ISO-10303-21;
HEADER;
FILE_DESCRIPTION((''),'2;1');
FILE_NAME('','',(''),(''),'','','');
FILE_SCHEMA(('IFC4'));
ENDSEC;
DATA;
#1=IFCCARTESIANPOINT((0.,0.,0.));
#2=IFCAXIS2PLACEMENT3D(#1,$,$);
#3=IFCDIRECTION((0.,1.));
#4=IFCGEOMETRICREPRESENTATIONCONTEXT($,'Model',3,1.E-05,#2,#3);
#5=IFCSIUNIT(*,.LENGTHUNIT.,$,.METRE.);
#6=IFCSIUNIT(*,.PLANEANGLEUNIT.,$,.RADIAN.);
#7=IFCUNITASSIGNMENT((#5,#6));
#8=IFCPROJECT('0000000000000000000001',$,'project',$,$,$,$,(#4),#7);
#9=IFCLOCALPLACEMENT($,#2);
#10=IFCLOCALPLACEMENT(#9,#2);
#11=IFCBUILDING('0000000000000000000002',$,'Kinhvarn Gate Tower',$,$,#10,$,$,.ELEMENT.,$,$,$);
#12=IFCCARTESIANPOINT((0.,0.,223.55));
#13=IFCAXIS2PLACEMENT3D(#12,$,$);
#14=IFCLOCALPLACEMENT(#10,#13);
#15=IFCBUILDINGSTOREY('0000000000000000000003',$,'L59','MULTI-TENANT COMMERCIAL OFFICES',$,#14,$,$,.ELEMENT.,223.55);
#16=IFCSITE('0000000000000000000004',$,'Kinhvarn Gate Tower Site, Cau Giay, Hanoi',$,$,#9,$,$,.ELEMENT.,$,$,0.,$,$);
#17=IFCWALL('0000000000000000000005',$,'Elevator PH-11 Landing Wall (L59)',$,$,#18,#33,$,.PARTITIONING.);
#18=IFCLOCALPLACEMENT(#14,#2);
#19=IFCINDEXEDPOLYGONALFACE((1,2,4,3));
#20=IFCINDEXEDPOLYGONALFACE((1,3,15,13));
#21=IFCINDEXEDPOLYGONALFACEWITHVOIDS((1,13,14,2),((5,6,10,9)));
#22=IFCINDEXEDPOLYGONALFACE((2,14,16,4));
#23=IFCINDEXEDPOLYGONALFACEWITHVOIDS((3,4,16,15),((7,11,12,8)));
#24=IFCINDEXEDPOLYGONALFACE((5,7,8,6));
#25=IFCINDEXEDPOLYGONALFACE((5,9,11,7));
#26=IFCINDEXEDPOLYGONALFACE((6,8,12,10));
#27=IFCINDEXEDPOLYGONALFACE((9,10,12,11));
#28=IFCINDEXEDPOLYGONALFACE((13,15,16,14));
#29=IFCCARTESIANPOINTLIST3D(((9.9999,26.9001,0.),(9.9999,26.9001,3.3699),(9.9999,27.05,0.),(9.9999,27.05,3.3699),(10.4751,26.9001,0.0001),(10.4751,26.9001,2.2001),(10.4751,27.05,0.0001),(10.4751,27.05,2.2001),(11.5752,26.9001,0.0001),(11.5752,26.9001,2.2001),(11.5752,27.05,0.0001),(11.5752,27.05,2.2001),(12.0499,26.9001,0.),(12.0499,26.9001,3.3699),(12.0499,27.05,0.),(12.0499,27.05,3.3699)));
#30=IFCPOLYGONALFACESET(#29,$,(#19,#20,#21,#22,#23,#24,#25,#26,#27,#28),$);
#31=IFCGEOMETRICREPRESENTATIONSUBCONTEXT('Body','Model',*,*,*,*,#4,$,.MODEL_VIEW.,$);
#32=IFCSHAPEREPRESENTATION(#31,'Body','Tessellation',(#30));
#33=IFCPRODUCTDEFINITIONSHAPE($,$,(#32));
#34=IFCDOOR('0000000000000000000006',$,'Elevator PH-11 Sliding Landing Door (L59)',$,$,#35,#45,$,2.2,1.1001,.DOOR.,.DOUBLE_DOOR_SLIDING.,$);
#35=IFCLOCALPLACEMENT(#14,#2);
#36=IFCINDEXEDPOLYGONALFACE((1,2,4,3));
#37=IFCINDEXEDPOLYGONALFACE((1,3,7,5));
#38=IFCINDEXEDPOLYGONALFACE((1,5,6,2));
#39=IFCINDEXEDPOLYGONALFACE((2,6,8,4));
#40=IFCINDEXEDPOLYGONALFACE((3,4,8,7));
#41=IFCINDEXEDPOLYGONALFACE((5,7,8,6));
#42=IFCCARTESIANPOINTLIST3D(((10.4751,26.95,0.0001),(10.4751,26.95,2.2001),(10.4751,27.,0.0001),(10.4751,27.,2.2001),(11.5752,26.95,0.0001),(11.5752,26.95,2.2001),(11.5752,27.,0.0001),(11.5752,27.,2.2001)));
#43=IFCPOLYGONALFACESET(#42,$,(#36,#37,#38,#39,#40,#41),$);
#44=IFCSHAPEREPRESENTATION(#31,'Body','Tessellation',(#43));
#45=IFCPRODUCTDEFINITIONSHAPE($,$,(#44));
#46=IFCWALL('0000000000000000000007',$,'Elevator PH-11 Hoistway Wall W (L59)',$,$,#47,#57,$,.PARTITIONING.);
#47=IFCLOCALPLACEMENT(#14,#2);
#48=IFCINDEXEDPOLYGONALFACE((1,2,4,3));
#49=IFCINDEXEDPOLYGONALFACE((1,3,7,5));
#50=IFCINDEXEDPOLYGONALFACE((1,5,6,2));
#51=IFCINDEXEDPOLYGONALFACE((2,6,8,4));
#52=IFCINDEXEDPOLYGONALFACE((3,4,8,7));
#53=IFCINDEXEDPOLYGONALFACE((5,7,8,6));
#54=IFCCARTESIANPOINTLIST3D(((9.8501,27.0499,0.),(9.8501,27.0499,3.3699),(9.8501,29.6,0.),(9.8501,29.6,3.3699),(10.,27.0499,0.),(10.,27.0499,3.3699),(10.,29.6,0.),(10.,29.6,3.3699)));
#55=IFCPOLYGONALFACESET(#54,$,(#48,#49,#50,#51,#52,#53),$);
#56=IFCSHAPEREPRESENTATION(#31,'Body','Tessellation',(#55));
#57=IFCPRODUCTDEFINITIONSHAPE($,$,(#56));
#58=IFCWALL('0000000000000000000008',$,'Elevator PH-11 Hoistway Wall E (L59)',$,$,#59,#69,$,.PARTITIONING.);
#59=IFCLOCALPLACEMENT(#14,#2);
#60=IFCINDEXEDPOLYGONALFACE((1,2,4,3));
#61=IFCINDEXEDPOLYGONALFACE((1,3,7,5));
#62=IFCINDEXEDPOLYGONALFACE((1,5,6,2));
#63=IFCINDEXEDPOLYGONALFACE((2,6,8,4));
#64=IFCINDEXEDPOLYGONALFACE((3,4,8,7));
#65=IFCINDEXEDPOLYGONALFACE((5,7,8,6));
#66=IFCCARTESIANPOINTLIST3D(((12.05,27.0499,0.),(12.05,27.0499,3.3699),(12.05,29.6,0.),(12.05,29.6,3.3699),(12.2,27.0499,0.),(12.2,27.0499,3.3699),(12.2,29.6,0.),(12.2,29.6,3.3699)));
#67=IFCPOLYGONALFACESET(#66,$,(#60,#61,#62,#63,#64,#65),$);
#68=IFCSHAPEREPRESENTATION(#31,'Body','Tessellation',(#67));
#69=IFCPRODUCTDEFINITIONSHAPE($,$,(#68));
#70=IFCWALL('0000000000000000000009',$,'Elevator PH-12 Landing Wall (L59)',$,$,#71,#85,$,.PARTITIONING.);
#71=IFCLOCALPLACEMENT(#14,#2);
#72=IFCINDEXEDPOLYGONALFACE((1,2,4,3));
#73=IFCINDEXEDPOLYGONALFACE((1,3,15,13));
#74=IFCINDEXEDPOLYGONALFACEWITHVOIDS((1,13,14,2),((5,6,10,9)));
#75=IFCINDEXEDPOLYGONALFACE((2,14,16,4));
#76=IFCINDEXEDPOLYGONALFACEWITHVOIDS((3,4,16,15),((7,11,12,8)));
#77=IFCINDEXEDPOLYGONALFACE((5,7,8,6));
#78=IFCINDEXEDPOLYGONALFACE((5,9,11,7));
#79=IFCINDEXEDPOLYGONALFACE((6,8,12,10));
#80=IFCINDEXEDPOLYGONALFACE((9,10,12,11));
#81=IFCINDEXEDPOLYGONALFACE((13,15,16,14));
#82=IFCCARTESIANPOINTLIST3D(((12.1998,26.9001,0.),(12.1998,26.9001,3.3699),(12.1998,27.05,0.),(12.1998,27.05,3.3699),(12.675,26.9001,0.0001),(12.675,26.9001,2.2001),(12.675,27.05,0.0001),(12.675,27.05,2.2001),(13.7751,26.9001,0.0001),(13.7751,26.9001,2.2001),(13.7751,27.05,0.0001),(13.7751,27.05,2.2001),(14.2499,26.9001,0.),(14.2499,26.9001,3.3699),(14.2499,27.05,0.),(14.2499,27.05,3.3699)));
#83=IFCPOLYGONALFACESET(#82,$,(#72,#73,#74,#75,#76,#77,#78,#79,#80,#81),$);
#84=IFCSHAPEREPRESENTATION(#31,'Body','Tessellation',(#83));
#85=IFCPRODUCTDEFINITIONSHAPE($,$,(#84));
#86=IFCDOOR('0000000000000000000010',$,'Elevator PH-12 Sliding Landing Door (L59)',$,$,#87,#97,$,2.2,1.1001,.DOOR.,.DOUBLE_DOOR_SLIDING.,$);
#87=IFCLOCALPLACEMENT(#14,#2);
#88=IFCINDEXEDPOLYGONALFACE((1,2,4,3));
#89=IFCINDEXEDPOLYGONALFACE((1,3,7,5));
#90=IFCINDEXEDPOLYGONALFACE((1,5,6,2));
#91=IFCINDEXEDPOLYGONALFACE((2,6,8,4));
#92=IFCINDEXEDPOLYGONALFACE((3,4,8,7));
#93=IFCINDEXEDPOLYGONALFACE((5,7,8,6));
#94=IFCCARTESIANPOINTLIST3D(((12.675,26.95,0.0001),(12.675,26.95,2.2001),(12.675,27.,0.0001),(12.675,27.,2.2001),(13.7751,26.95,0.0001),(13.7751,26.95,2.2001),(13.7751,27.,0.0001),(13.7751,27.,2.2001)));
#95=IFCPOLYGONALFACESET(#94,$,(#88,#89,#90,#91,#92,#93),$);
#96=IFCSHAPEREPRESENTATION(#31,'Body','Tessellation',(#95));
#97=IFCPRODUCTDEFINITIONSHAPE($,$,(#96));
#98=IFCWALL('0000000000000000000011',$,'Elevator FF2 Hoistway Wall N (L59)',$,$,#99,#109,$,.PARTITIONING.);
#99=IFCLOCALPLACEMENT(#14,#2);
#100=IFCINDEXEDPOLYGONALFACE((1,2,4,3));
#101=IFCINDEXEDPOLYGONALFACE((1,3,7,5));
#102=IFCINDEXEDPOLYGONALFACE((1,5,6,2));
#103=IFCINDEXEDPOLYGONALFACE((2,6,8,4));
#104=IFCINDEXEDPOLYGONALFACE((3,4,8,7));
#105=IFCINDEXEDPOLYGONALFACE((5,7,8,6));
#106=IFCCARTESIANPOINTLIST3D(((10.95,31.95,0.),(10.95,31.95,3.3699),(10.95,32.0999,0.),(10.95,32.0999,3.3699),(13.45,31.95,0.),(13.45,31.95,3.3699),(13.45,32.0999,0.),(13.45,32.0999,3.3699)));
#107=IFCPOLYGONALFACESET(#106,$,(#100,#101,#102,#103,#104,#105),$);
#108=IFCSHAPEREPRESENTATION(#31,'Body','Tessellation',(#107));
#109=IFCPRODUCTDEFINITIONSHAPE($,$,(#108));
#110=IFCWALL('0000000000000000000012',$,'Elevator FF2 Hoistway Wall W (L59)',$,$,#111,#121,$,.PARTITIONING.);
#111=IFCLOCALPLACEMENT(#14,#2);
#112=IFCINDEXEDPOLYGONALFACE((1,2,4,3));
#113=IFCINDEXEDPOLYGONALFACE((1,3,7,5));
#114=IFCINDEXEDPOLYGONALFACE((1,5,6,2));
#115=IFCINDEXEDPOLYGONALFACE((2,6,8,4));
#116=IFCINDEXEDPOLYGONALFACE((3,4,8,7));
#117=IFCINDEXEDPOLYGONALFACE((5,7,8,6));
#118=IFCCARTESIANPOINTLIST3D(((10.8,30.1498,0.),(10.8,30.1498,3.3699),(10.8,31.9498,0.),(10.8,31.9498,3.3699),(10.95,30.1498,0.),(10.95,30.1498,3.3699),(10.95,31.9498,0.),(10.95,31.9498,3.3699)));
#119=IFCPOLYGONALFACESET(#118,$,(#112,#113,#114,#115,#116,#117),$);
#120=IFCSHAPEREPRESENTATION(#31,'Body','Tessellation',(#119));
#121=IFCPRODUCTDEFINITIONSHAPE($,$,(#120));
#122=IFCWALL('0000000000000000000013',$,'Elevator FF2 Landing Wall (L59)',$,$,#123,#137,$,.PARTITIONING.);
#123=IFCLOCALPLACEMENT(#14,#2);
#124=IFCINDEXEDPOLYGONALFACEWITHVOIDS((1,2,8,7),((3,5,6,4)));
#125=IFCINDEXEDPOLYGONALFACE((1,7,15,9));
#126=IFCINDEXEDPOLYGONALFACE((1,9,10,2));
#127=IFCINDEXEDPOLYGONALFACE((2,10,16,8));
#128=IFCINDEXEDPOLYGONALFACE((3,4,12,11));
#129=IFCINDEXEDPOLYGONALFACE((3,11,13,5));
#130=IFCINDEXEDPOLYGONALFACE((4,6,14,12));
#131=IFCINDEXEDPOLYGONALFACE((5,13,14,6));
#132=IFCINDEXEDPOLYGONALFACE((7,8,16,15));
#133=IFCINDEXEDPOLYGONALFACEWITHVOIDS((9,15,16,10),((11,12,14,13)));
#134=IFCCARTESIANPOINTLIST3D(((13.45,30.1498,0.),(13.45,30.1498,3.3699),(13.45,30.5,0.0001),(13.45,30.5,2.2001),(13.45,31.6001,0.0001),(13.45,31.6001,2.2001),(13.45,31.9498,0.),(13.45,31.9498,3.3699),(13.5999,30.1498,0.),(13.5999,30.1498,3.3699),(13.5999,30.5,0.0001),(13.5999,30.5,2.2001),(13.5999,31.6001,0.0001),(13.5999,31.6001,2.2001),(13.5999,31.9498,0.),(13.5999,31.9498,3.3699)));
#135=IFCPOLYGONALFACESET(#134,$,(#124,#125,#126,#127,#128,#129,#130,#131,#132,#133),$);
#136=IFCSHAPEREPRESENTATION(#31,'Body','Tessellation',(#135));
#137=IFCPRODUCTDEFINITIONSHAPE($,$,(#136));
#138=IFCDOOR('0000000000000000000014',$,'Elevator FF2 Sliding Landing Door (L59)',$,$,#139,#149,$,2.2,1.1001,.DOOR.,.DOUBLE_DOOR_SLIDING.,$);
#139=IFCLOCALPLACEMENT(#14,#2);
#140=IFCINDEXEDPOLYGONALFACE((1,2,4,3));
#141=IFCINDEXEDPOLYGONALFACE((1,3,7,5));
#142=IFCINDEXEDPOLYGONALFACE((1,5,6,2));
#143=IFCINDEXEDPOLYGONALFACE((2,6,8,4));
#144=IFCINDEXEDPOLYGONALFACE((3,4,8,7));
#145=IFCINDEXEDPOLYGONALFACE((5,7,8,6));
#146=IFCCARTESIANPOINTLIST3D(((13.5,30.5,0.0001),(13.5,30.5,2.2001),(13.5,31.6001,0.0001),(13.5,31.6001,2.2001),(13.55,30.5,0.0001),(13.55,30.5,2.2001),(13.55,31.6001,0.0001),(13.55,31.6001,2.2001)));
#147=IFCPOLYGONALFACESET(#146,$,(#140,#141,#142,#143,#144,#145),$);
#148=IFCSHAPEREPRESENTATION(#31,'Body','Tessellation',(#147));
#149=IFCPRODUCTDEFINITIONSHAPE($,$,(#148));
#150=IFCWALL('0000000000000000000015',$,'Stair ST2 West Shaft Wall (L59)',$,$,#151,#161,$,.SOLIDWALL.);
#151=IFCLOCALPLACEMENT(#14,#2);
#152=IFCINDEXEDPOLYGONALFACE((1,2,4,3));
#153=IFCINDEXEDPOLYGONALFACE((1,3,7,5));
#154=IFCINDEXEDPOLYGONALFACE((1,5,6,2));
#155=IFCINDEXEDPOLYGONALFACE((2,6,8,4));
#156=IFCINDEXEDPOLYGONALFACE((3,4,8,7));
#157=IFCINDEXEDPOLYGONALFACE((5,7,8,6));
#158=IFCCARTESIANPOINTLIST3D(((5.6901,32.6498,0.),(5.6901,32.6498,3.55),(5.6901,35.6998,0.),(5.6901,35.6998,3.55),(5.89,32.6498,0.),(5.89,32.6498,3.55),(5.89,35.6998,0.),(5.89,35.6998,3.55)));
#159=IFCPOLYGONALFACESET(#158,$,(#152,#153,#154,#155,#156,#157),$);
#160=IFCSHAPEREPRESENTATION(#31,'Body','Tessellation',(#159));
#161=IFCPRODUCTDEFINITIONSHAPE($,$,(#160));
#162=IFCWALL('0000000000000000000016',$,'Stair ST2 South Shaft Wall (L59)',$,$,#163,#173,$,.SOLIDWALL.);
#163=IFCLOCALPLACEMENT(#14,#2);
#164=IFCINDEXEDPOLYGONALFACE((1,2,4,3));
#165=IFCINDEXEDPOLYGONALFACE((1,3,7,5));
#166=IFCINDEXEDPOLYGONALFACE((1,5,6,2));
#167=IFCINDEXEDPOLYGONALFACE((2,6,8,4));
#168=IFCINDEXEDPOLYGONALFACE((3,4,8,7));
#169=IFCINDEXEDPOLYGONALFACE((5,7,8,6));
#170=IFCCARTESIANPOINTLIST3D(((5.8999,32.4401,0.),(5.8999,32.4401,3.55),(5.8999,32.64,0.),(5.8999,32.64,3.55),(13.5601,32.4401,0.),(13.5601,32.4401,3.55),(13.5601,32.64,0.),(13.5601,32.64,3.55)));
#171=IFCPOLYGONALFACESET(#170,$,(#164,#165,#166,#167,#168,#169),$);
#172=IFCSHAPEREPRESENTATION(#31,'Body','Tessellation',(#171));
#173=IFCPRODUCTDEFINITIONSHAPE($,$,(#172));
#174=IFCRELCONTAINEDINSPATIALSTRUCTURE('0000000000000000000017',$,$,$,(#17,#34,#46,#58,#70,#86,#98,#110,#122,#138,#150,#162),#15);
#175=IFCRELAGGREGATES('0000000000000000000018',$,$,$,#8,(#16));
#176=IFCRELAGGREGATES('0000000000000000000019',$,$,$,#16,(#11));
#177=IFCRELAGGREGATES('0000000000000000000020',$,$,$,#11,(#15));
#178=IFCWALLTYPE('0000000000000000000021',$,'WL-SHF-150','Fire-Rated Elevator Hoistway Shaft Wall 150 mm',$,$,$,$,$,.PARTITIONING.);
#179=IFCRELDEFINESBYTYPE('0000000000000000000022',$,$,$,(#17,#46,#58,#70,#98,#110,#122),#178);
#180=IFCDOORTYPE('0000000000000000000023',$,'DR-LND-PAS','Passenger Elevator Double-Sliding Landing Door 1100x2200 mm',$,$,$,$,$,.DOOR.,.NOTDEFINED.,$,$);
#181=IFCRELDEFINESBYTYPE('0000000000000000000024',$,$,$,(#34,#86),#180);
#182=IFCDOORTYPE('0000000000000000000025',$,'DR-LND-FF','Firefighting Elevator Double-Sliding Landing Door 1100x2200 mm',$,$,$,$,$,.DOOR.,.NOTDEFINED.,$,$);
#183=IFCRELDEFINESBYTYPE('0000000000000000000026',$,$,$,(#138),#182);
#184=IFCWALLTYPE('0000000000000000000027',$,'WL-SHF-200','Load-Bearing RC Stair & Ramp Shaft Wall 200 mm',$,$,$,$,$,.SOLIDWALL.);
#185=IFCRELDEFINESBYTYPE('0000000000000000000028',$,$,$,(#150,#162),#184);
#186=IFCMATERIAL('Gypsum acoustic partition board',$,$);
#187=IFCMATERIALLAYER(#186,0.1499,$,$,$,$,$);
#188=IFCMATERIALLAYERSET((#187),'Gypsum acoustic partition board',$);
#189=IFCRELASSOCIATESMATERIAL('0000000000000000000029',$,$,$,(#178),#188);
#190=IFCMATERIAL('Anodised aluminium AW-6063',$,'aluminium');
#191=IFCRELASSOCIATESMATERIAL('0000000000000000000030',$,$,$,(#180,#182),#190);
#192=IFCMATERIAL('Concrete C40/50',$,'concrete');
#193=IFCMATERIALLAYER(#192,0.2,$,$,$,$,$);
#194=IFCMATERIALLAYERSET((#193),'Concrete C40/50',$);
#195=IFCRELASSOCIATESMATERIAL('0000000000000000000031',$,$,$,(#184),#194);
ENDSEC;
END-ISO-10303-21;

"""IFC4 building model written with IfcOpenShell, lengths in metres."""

from ifc_helpers import new_model, si_unit, direction, frame, frame_2d, origin, place, context, subcontext, project, spatial, rectangle, extrude, material, layer, layer_set, type_object, element, fill, save


model = new_model("IFC4")

# Units and contexts
model_context = context("Model", 3, precision=1e-05, world=origin(), true_north=direction((0.0, 1.0)))
body_context = subcontext(model_context, "Body", "Model", "MODEL_VIEW")
ifc_project = project(units=[si_unit("LENGTHUNIT", "METRE"), si_unit("PLANEANGLEUNIT", "RADIAN")], contexts=[model_context])

# Site, building, storey
site_placement = place(None, origin())
site = spatial("IfcSite", under=ifc_project, at=site_placement, Name="Kinhvarn Gate Tower Site, Cau Giay, Hanoi", CompositionType="ELEMENT", RefElevation=0.0)
building_placement = place(site_placement, origin())
building = spatial("IfcBuilding", under=site, at=building_placement, Name="Kinhvarn Gate Tower", CompositionType="ELEMENT")
storey_placement = place(building_placement, frame((0.0, 0.0, 223.55)))
storey = spatial("IfcBuildingStorey", under=building, at=storey_placement, Name="L59", Description="MULTI-TENANT COMMERCIAL OFFICES", CompositionType="ELEMENT", Elevation=223.55)

# Shared definitions
ifc_material_1 = material(Name="Gypsum acoustic partition board")

# Shared definitions
ifc_material_2 = material(Name="Anodised aluminium AW-6063", Category="aluminium")

# Wall, opening, door
ifc_layer_1 = layer(ifc_material_1, 0.1499)
ifc_layer_set_1 = layer_set([ifc_layer_1], Name="Gypsum acoustic partition board")
wall_type_1 = type_object("IfcWallType", Name="WL-SHF-150", Description="Fire-Rated Elevator Hoistway Shaft Wall 150 mm", PredefinedType="PARTITIONING", material=ifc_layer_set_1)
door_type_1 = type_object("IfcDoorType", Name="DR-LND-PAS", Description="Passenger Elevator Double-Sliding Landing Door 1100x2200 mm", OperationType="NOTDEFINED", PredefinedType="DOOR", material=ifc_material_2)
wall_1_placement = place(storey_placement, frame((10.0, 26.9751, 0.0), z_axis=(0.0, 0.0, 1.0), x_axis=(1.0, 0.0, 0.0)))
wall_1 = element("IfcWall", 1, at=wall_1_placement, inside=storey, type_object=wall_type_1, Name="Elevator PH-11 Landing Wall (L59)", PredefinedType="PARTITIONING", context=body_context, shape_type="SweptSolid", body=[
    extrude(rectangle(XDim=2.05, YDim=0.1499, at=frame_2d((1.0249, 0.0))), origin(), (0.0, 0.0, 1.0), 3.3699),
])
opening_1_placement = place(wall_1_placement, frame((0.4751, 0.0, 0.0)))
opening_1 = element("IfcOpeningElement", 2, at=opening_1_placement, cuts=wall_1, PredefinedType="OPENING", context=body_context, shape_type="SweptSolid", body=[
    extrude(rectangle(XDim=1.1001, YDim=2.2, at=frame_2d((0.55, 1.1001))), frame((0.0, 0.085, 0.0), z_axis=(0.0, -1.0, 0.0), x_axis=(1.0, 0.0, 0.0)), (0.0, 0.0, 1.0), 0.1699),
])
door_1_placement = place(opening_1_placement, origin())
door_1 = element("IfcDoor", 3, at=door_1_placement, inside=storey, type_object=door_type_1, Name="Elevator PH-11 Sliding Landing Door (L59)", OperationType="DOUBLE_DOOR_SLIDING", OverallHeight=2.2, OverallWidth=1.1001, PredefinedType="DOOR", context=body_context, shape_type="SweptSolid", body=[
    extrude(rectangle(XDim=1.1001, YDim=2.2, at=frame_2d((0.55, 1.1001))), frame((0.0, 0.0249, 0.0), z_axis=(0.0, -1.0, 0.0), x_axis=(1.0, 0.0, 0.0)), (0.0, 0.0, 1.0), 0.05),
])
fill(opening_1, door_1)

# Walls
for number, where, z_axis, x_axis, name in (
    (4, (9.925, 27.05, 0.0), (0.0, 0.0, 1.0), (0.0, 1.0, 0.0), "Elevator PH-11 Hoistway Wall W (L59)"),
    (5, (12.125, 27.05, 0.0), (0.0, 0.0, 1.0), (0.0, 1.0, 0.0), "Elevator PH-11 Hoistway Wall E (L59)"),
):
    element("IfcWall", number, at=place(storey_placement, frame(where, z_axis=z_axis, x_axis=x_axis)), inside=storey, type_object=wall_type_1, Name=name, PredefinedType="PARTITIONING", context=body_context, shape_type="SweptSolid", body=[
        extrude(rectangle(XDim=2.55, YDim=0.1499, at=frame_2d((1.2749, 0.0))), origin(), (0.0, 0.0, 1.0), 3.3699),
    ])

# Wall, opening, door
wall_2_placement = place(storey_placement, frame((12.2, 26.9751, 0.0), z_axis=(0.0, 0.0, 1.0), x_axis=(1.0, 0.0, 0.0)))
wall_2 = element("IfcWall", 6, at=wall_2_placement, inside=storey, type_object=wall_type_1, Name="Elevator PH-12 Landing Wall (L59)", PredefinedType="PARTITIONING", context=body_context, shape_type="SweptSolid", body=[
    extrude(rectangle(XDim=2.05, YDim=0.1499, at=frame_2d((1.0249, 0.0))), origin(), (0.0, 0.0, 1.0), 3.3699),
])
opening_2_placement = place(wall_2_placement, frame((0.4751, 0.0, 0.0)))
opening_2 = element("IfcOpeningElement", 7, at=opening_2_placement, cuts=wall_2, PredefinedType="OPENING", context=body_context, shape_type="SweptSolid", body=[
    extrude(rectangle(XDim=1.1001, YDim=2.2, at=frame_2d((0.55, 1.1001))), frame((0.0, 0.085, 0.0), z_axis=(0.0, -1.0, 0.0), x_axis=(1.0, 0.0, 0.0)), (0.0, 0.0, 1.0), 0.1699),
])
door_2_placement = place(opening_2_placement, origin())
door_2 = element("IfcDoor", 8, at=door_2_placement, inside=storey, type_object=door_type_1, Name="Elevator PH-12 Sliding Landing Door (L59)", OperationType="DOUBLE_DOOR_SLIDING", OverallHeight=2.2, OverallWidth=1.1001, PredefinedType="DOOR", context=body_context, shape_type="SweptSolid", body=[
    extrude(rectangle(XDim=1.1001, YDim=2.2, at=frame_2d((0.55, 1.1001))), frame((0.0, 0.0249, 0.0), z_axis=(0.0, -1.0, 0.0), x_axis=(1.0, 0.0, 0.0)), (0.0, 0.0, 1.0), 0.05),
])
fill(opening_2, door_2)

# Walls
wall_3_placement = place(storey_placement, frame((10.95, 32.0249, 0.0), z_axis=(0.0, 0.0, 1.0), x_axis=(1.0, 0.0, 0.0)))
element("IfcWall", 9, at=wall_3_placement, inside=storey, type_object=wall_type_1, Name="Elevator FF2 Hoistway Wall N (L59)", PredefinedType="PARTITIONING", context=body_context, shape_type="SweptSolid", body=[
    extrude(rectangle(XDim=2.5, YDim=0.1499, at=frame_2d((1.25, 0.0))), origin(), (0.0, 0.0, 1.0), 3.3699),
])
wall_4_placement = place(storey_placement, frame((10.875, 30.1499, 0.0), z_axis=(0.0, 0.0, 1.0), x_axis=(0.0, 1.0, 0.0)))
element("IfcWall", 10, at=wall_4_placement, inside=storey, type_object=wall_type_1, Name="Elevator FF2 Hoistway Wall W (L59)", PredefinedType="PARTITIONING", context=body_context, shape_type="SweptSolid", body=[
    extrude(rectangle(XDim=1.8, YDim=0.1499, at=frame_2d((0.8999, 0.0))), origin(), (0.0, 0.0, 1.0), 3.3699),
])

# Wall, opening, door
wall_5_placement = place(storey_placement, frame((13.5249, 30.1499, 0.0), z_axis=(0.0, 0.0, 1.0), x_axis=(0.0, 1.0, 0.0)))
wall_5 = element("IfcWall", 11, at=wall_5_placement, inside=storey, type_object=wall_type_1, Name="Elevator FF2 Landing Wall (L59)", PredefinedType="PARTITIONING", context=body_context, shape_type="SweptSolid", body=[
    extrude(rectangle(XDim=1.8, YDim=0.1499, at=frame_2d((0.8999, 0.0))), origin(), (0.0, 0.0, 1.0), 3.3699),
])
opening_3_placement = place(wall_5_placement, frame((0.3501, 0.0, 0.0)))
opening_3 = element("IfcOpeningElement", 12, at=opening_3_placement, cuts=wall_5, PredefinedType="OPENING", context=body_context, shape_type="SweptSolid", body=[
    extrude(rectangle(XDim=1.1001, YDim=2.2, at=frame_2d((0.55, 1.1001))), frame((0.0, 0.085, 0.0), z_axis=(0.0, -1.0, 0.0), x_axis=(1.0, 0.0, 0.0)), (0.0, 0.0, 1.0), 0.1699),
])
door_type_2 = type_object("IfcDoorType", Name="DR-LND-FF", Description="Firefighting Elevator Double-Sliding Landing Door 1100x2200 mm", OperationType="NOTDEFINED", PredefinedType="DOOR", material=ifc_material_2)
door_3_placement = place(opening_3_placement, origin())
door_3 = element("IfcDoor", 13, at=door_3_placement, inside=storey, type_object=door_type_2, Name="Elevator FF2 Sliding Landing Door (L59)", OperationType="DOUBLE_DOOR_SLIDING", OverallHeight=2.2, OverallWidth=1.1001, PredefinedType="DOOR", context=body_context, shape_type="SweptSolid", body=[
    extrude(rectangle(XDim=1.1001, YDim=2.2, at=frame_2d((0.55, 1.1001))), frame((0.0, 0.0249, 0.0), z_axis=(0.0, -1.0, 0.0), x_axis=(1.0, 0.0, 0.0)), (0.0, 0.0, 1.0), 0.05),
])
fill(opening_3, door_3)

# Walls
ifc_material_3 = material(Name="Concrete C40/50", Category="concrete")
ifc_layer_2 = layer(ifc_material_3, 0.2)
ifc_layer_set_2 = layer_set([ifc_layer_2], Name="Concrete C40/50")
wall_type_2 = type_object("IfcWallType", Name="WL-SHF-200", Description="Load-Bearing RC Stair & Ramp Shaft Wall 200 mm", PredefinedType="SOLIDWALL", material=ifc_layer_set_2)
wall_6_placement = place(storey_placement, frame((5.79, 32.6499, 0.0), z_axis=(0.0, 0.0, 1.0), x_axis=(0.0, 1.0, 0.0)))
element("IfcWall", 14, at=wall_6_placement, inside=storey, type_object=wall_type_2, Name="Stair ST2 West Shaft Wall (L59)", PredefinedType="SOLIDWALL", context=body_context, shape_type="SweptSolid", body=[
    extrude(rectangle(XDim=3.05, YDim=0.2, at=frame_2d((1.5249, 0.0))), origin(), (0.0, 0.0, 1.0), 3.55),
])
wall_7_placement = place(storey_placement, frame((5.8999, 32.54, 0.0), z_axis=(0.0, 0.0, 1.0), x_axis=(1.0, 0.0, 0.0)))
element("IfcWall", 15, at=wall_7_placement, inside=storey, type_object=wall_type_2, Name="Stair ST2 South Shaft Wall (L59)", PredefinedType="SOLIDWALL", context=body_context, shape_type="SweptSolid", body=[
    extrude(rectangle(XDim=7.6602, YDim=0.2, at=frame_2d((3.8301, 0.0))), origin(), (0.0, 0.0, 1.0), 3.55),
])

save(model, "model.ifc")
